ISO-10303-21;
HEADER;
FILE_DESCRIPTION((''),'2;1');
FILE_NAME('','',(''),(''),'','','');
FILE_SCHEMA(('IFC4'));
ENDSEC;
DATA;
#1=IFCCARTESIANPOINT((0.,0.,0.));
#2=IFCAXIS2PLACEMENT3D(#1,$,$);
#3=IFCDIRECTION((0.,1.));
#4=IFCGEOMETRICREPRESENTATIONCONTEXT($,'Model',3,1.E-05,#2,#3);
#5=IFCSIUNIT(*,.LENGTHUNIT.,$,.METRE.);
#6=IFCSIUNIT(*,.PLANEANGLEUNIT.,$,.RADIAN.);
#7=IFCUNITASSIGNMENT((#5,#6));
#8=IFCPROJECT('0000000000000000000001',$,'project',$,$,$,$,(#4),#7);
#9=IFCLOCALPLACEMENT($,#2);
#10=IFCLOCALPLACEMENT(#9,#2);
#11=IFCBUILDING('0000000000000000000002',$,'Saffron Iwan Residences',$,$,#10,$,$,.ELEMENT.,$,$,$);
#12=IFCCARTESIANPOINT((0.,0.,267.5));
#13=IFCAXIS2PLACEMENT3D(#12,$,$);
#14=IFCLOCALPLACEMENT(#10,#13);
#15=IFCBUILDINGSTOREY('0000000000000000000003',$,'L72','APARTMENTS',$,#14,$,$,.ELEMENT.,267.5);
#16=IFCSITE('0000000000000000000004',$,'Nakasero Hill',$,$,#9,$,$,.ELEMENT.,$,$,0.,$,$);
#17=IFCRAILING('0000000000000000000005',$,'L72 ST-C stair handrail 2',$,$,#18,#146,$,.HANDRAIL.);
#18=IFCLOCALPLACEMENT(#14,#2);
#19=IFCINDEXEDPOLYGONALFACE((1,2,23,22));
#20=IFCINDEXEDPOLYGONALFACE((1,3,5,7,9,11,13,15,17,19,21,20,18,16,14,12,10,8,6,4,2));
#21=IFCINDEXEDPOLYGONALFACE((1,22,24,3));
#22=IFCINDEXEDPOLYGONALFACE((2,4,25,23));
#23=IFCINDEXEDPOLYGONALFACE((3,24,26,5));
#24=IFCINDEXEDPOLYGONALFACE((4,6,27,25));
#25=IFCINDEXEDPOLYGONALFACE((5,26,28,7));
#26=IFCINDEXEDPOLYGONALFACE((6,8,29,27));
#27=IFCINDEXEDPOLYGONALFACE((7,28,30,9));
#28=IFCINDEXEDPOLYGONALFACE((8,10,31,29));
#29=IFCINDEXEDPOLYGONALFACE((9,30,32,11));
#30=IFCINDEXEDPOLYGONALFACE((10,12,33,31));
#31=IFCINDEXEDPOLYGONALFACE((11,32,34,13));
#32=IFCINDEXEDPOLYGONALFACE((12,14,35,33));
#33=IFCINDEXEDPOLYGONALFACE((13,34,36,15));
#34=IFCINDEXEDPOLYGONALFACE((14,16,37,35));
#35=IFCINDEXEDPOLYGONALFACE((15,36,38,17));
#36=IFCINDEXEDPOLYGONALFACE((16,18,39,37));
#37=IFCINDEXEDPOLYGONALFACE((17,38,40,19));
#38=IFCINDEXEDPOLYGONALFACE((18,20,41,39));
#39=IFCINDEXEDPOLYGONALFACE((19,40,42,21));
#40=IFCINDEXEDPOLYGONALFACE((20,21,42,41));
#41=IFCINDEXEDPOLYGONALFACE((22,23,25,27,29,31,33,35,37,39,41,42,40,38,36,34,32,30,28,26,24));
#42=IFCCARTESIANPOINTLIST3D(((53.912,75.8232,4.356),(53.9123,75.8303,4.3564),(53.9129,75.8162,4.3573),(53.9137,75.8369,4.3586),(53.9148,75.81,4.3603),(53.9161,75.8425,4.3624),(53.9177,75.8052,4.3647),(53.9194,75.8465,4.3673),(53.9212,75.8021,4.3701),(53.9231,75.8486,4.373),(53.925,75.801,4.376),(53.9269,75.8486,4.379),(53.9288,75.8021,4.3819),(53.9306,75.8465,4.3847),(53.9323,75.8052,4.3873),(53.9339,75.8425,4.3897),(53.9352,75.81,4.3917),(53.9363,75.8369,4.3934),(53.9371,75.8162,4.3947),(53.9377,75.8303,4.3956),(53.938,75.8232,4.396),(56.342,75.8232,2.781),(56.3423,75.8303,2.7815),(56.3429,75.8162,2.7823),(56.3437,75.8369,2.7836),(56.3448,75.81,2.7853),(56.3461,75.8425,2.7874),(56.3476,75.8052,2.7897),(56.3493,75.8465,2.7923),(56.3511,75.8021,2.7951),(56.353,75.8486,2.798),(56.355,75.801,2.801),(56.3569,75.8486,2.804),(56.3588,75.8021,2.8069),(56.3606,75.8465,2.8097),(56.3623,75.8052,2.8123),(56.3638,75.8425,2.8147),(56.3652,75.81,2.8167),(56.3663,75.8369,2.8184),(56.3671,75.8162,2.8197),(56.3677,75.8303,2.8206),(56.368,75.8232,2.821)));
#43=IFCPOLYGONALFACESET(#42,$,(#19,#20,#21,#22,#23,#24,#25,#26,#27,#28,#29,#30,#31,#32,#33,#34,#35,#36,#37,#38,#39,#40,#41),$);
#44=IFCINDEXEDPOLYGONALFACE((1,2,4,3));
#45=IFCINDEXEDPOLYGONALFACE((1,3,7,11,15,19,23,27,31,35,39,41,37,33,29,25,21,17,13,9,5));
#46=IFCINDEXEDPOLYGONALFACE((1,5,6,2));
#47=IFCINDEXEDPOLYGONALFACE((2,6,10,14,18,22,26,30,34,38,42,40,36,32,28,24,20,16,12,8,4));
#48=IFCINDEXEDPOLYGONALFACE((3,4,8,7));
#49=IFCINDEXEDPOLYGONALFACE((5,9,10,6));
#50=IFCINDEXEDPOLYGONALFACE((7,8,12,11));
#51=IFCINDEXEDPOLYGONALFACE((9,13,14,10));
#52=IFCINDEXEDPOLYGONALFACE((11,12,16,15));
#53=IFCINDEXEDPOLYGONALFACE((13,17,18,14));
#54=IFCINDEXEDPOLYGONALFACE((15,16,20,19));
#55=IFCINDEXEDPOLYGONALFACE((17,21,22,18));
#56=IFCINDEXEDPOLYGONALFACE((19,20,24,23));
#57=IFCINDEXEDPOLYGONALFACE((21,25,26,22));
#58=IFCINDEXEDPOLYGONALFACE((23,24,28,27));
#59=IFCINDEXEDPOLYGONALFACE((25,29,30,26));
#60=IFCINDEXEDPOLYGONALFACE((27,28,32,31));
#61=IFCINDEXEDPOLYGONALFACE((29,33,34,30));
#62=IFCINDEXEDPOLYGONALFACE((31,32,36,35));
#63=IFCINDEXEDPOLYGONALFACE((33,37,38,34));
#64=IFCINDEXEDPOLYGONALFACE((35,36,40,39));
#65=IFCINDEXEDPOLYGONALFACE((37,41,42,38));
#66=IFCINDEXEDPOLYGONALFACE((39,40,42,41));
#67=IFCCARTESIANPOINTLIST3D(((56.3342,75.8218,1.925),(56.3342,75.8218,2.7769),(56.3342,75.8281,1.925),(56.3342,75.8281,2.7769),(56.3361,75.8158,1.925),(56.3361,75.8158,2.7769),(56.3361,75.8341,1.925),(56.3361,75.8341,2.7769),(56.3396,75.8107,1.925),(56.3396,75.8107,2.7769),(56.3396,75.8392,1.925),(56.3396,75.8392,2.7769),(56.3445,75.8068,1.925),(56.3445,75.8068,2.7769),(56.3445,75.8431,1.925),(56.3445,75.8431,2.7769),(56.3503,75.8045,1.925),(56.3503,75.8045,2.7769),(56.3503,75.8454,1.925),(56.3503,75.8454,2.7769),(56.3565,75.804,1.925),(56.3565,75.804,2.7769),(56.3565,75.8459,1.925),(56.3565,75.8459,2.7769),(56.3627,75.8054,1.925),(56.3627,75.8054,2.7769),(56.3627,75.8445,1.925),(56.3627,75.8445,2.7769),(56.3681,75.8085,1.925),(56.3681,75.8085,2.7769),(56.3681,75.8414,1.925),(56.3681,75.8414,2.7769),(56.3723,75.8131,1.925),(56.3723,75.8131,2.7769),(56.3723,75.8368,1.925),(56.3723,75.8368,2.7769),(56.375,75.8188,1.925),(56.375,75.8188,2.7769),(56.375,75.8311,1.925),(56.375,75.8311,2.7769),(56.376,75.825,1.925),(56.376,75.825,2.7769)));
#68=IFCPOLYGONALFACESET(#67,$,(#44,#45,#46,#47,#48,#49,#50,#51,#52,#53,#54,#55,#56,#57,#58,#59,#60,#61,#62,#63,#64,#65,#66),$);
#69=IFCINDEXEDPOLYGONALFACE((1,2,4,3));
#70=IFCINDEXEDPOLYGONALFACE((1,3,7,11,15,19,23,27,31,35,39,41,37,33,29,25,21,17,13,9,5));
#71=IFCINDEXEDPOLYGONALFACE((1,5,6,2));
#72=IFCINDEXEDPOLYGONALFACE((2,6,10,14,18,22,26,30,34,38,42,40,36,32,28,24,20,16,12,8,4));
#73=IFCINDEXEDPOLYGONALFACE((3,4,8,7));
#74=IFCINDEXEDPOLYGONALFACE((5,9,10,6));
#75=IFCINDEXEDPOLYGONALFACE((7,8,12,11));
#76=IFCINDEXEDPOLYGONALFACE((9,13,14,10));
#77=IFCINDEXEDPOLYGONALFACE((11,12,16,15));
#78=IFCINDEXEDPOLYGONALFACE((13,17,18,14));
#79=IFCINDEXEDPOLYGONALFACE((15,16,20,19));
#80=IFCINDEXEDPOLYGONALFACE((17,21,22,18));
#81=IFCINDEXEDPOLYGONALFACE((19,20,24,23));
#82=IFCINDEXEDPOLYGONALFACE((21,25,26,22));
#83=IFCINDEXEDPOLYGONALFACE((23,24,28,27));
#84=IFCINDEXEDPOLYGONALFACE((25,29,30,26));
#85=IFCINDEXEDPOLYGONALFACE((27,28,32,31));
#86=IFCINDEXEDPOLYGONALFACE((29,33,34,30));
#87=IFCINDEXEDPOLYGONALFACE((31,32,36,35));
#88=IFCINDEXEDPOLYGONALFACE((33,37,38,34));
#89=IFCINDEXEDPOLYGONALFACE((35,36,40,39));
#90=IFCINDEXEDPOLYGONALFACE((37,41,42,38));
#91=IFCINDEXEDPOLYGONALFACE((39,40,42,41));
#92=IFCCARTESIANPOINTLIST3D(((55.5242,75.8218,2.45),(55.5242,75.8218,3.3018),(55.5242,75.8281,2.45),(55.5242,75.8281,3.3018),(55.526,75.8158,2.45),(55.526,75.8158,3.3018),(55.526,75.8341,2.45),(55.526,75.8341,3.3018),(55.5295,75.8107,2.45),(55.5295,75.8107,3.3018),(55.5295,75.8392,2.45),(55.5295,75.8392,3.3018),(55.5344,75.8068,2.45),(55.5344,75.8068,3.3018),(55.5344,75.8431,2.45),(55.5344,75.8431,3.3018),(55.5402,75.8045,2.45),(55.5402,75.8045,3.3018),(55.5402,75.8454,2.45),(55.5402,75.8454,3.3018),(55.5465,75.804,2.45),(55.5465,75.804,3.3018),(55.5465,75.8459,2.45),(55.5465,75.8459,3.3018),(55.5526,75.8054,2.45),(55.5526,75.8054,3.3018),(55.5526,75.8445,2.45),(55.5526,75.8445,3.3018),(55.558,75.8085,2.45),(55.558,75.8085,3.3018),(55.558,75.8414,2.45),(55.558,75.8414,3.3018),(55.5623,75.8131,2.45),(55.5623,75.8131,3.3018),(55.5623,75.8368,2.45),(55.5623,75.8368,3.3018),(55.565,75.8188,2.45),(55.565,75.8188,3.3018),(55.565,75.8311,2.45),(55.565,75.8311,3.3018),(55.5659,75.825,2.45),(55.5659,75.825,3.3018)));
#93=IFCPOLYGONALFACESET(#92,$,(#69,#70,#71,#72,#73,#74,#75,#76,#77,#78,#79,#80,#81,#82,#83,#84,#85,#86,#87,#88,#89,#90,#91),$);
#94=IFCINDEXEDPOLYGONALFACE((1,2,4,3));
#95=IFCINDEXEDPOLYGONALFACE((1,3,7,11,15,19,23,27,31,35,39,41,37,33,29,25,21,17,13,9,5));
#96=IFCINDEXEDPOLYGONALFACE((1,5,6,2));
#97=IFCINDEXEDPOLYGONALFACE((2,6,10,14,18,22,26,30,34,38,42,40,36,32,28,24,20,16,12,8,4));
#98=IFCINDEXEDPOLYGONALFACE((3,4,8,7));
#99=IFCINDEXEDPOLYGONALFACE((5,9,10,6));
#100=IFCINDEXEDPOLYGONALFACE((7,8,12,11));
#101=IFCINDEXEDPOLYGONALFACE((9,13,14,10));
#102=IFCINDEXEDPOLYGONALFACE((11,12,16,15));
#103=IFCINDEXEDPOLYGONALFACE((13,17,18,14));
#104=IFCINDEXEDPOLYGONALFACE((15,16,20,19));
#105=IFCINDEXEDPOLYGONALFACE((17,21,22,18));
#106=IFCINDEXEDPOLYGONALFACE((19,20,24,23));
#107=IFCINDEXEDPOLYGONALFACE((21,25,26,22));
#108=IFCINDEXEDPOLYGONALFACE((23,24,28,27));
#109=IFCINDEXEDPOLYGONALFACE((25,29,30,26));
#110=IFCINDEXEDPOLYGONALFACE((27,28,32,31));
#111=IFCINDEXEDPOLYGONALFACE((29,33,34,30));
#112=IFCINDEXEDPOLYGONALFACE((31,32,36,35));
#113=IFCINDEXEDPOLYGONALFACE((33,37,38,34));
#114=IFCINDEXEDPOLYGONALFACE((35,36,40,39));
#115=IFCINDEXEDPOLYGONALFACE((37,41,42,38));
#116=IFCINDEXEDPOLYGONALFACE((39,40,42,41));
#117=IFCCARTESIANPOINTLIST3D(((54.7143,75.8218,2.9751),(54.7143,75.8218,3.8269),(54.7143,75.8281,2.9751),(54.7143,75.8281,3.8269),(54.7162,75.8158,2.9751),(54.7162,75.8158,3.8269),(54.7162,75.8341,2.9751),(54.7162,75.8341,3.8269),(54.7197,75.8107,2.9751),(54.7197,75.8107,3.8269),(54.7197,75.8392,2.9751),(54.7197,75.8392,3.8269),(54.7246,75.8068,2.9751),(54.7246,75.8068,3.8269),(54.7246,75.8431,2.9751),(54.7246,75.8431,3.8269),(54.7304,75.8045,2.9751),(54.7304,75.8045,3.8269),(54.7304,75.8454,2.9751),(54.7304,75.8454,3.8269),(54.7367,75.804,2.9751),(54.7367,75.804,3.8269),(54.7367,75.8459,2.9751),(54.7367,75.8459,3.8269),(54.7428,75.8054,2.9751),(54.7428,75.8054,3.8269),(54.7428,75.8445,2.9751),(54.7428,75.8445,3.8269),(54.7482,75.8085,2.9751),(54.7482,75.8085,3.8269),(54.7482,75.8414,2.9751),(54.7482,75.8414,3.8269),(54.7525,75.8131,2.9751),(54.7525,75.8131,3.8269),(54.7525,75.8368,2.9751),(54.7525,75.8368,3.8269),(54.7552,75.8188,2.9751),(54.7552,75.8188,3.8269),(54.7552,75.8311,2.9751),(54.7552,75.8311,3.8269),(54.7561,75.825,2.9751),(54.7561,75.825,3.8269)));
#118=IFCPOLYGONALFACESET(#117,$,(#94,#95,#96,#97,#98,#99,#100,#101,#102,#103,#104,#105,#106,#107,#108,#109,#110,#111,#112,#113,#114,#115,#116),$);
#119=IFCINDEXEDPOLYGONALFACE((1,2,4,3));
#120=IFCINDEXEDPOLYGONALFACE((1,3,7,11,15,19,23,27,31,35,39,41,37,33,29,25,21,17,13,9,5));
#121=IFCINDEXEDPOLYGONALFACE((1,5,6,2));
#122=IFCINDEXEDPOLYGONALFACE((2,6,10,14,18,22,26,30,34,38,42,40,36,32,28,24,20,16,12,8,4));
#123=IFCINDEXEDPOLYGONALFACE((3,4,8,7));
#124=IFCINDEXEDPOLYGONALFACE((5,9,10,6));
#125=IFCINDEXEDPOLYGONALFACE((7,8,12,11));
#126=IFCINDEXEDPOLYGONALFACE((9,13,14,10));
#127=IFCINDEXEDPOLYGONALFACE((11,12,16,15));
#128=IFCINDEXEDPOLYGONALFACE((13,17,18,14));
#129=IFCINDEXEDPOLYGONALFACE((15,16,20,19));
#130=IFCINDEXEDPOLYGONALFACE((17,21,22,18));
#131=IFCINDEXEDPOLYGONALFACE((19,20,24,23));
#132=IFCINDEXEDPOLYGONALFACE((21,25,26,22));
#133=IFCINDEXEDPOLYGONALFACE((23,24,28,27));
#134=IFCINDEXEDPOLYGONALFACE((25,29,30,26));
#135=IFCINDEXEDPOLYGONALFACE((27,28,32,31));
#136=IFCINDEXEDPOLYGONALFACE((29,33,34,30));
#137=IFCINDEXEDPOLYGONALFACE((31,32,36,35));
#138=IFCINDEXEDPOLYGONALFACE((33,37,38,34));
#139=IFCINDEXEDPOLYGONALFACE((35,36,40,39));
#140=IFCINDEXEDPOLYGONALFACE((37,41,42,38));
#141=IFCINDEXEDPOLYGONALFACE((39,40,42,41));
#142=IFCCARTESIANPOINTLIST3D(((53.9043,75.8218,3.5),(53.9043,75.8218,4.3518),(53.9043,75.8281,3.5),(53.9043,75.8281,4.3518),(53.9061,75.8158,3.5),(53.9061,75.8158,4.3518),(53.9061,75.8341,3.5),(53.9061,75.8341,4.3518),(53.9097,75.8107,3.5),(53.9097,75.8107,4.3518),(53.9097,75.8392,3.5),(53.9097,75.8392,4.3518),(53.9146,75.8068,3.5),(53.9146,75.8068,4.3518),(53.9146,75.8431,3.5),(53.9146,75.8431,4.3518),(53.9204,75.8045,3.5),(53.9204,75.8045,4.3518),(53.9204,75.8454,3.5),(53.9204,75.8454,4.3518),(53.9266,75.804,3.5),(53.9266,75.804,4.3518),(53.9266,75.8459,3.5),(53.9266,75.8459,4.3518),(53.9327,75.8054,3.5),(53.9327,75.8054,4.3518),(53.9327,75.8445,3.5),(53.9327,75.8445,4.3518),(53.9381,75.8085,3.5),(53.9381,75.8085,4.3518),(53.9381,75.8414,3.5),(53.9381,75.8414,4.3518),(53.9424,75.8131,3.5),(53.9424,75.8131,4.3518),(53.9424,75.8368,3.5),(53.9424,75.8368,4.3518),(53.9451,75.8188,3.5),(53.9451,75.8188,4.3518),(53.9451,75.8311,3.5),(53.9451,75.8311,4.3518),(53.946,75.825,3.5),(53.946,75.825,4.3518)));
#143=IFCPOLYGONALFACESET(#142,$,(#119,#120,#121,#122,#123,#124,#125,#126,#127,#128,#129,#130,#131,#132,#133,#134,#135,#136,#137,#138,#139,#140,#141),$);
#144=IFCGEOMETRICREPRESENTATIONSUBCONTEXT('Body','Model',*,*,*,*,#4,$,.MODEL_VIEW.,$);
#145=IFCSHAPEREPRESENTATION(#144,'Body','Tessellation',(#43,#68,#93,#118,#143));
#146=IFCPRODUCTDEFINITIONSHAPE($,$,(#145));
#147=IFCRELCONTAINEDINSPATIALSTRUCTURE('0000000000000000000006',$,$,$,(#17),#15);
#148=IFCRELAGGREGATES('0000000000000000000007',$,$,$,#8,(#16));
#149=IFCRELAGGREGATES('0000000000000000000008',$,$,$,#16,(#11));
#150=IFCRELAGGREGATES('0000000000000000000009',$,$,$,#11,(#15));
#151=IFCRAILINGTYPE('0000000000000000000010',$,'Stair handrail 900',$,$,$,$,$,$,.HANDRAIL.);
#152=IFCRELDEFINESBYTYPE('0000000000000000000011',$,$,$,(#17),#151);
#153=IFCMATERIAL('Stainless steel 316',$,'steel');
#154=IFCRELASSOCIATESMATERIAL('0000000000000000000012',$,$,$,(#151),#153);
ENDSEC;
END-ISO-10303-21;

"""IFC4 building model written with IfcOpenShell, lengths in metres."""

from ifc_helpers import new_model, si_unit, direction, frame, origin, origin_2d, place, context, subcontext, project, spatial, circle, extrude, material, type_object, element, save


model = new_model("IFC4")

# Units and contexts
model_context = context("Model", 3, precision=1e-05, world=origin(), true_north=direction((0.0, 1.0)))
body_context = subcontext(model_context, "Body", "Model", "MODEL_VIEW")
ifc_project = project(units=[si_unit("LENGTHUNIT", "METRE"), si_unit("PLANEANGLEUNIT", "RADIAN")], contexts=[model_context])

# Site, building, storey
site_placement = place(None, origin())
site = spatial("IfcSite", under=ifc_project, at=site_placement, Name="Nakasero Hill", CompositionType="ELEMENT", RefElevation=0.0)
building_placement = place(site_placement, origin())
building = spatial("IfcBuilding", under=site, at=building_placement, Name="Saffron Iwan Residences", CompositionType="ELEMENT")
storey_placement = place(building_placement, frame((0.0, 0.0, 267.5)))
storey = spatial("IfcBuildingStorey", under=building, at=storey_placement, Name="L72", Description="APARTMENTS", CompositionType="ELEMENT", Elevation=267.5)

# Railing
ifc_material_1 = material(Name="Stainless steel 316", Category="steel")
railing_type = type_object("IfcRailingType", Name="Stair handrail 900", PredefinedType="HANDRAIL", material=ifc_material_1)
railing_1_placement = place(storey_placement, frame((56.355, 75.825, 1.925)))
element("IfcRailing", 1, at=railing_1_placement, inside=storey, type_object=railing_type, Name="L72 ST-C stair handrail 2", PredefinedType="HANDRAIL", context=body_context, shape_type="SweptSolid", body=[
    extrude(circle(Radius=0.0239, at=origin_2d()), frame((0.0, 0.0, 0.876), z_axis=(-0.839154, 0.0, 0.543894), x_axis=(0.0, -1.0, 0.0)), (0.0, 0.0, 1.0), 2.8958),
    extrude(circle(Radius=0.021, at=origin_2d()), origin(), (0.0, 0.0, 1.0), 0.8518),
    extrude(circle(Radius=0.021, at=origin_2d()), frame((-0.8101, 0.0, 0.5249)), (0.0, 0.0, 1.0), 0.8518),
    extrude(circle(Radius=0.021, at=origin_2d()), frame((-1.6199, 0.0, 1.05)), (0.0, 0.0, 1.0), 0.8518),
    extrude(circle(Radius=0.021, at=origin_2d()), frame((-2.4299, 0.0, 1.575)), (0.0, 0.0, 1.0), 0.8518),
])

save(model, "model.ifc")
